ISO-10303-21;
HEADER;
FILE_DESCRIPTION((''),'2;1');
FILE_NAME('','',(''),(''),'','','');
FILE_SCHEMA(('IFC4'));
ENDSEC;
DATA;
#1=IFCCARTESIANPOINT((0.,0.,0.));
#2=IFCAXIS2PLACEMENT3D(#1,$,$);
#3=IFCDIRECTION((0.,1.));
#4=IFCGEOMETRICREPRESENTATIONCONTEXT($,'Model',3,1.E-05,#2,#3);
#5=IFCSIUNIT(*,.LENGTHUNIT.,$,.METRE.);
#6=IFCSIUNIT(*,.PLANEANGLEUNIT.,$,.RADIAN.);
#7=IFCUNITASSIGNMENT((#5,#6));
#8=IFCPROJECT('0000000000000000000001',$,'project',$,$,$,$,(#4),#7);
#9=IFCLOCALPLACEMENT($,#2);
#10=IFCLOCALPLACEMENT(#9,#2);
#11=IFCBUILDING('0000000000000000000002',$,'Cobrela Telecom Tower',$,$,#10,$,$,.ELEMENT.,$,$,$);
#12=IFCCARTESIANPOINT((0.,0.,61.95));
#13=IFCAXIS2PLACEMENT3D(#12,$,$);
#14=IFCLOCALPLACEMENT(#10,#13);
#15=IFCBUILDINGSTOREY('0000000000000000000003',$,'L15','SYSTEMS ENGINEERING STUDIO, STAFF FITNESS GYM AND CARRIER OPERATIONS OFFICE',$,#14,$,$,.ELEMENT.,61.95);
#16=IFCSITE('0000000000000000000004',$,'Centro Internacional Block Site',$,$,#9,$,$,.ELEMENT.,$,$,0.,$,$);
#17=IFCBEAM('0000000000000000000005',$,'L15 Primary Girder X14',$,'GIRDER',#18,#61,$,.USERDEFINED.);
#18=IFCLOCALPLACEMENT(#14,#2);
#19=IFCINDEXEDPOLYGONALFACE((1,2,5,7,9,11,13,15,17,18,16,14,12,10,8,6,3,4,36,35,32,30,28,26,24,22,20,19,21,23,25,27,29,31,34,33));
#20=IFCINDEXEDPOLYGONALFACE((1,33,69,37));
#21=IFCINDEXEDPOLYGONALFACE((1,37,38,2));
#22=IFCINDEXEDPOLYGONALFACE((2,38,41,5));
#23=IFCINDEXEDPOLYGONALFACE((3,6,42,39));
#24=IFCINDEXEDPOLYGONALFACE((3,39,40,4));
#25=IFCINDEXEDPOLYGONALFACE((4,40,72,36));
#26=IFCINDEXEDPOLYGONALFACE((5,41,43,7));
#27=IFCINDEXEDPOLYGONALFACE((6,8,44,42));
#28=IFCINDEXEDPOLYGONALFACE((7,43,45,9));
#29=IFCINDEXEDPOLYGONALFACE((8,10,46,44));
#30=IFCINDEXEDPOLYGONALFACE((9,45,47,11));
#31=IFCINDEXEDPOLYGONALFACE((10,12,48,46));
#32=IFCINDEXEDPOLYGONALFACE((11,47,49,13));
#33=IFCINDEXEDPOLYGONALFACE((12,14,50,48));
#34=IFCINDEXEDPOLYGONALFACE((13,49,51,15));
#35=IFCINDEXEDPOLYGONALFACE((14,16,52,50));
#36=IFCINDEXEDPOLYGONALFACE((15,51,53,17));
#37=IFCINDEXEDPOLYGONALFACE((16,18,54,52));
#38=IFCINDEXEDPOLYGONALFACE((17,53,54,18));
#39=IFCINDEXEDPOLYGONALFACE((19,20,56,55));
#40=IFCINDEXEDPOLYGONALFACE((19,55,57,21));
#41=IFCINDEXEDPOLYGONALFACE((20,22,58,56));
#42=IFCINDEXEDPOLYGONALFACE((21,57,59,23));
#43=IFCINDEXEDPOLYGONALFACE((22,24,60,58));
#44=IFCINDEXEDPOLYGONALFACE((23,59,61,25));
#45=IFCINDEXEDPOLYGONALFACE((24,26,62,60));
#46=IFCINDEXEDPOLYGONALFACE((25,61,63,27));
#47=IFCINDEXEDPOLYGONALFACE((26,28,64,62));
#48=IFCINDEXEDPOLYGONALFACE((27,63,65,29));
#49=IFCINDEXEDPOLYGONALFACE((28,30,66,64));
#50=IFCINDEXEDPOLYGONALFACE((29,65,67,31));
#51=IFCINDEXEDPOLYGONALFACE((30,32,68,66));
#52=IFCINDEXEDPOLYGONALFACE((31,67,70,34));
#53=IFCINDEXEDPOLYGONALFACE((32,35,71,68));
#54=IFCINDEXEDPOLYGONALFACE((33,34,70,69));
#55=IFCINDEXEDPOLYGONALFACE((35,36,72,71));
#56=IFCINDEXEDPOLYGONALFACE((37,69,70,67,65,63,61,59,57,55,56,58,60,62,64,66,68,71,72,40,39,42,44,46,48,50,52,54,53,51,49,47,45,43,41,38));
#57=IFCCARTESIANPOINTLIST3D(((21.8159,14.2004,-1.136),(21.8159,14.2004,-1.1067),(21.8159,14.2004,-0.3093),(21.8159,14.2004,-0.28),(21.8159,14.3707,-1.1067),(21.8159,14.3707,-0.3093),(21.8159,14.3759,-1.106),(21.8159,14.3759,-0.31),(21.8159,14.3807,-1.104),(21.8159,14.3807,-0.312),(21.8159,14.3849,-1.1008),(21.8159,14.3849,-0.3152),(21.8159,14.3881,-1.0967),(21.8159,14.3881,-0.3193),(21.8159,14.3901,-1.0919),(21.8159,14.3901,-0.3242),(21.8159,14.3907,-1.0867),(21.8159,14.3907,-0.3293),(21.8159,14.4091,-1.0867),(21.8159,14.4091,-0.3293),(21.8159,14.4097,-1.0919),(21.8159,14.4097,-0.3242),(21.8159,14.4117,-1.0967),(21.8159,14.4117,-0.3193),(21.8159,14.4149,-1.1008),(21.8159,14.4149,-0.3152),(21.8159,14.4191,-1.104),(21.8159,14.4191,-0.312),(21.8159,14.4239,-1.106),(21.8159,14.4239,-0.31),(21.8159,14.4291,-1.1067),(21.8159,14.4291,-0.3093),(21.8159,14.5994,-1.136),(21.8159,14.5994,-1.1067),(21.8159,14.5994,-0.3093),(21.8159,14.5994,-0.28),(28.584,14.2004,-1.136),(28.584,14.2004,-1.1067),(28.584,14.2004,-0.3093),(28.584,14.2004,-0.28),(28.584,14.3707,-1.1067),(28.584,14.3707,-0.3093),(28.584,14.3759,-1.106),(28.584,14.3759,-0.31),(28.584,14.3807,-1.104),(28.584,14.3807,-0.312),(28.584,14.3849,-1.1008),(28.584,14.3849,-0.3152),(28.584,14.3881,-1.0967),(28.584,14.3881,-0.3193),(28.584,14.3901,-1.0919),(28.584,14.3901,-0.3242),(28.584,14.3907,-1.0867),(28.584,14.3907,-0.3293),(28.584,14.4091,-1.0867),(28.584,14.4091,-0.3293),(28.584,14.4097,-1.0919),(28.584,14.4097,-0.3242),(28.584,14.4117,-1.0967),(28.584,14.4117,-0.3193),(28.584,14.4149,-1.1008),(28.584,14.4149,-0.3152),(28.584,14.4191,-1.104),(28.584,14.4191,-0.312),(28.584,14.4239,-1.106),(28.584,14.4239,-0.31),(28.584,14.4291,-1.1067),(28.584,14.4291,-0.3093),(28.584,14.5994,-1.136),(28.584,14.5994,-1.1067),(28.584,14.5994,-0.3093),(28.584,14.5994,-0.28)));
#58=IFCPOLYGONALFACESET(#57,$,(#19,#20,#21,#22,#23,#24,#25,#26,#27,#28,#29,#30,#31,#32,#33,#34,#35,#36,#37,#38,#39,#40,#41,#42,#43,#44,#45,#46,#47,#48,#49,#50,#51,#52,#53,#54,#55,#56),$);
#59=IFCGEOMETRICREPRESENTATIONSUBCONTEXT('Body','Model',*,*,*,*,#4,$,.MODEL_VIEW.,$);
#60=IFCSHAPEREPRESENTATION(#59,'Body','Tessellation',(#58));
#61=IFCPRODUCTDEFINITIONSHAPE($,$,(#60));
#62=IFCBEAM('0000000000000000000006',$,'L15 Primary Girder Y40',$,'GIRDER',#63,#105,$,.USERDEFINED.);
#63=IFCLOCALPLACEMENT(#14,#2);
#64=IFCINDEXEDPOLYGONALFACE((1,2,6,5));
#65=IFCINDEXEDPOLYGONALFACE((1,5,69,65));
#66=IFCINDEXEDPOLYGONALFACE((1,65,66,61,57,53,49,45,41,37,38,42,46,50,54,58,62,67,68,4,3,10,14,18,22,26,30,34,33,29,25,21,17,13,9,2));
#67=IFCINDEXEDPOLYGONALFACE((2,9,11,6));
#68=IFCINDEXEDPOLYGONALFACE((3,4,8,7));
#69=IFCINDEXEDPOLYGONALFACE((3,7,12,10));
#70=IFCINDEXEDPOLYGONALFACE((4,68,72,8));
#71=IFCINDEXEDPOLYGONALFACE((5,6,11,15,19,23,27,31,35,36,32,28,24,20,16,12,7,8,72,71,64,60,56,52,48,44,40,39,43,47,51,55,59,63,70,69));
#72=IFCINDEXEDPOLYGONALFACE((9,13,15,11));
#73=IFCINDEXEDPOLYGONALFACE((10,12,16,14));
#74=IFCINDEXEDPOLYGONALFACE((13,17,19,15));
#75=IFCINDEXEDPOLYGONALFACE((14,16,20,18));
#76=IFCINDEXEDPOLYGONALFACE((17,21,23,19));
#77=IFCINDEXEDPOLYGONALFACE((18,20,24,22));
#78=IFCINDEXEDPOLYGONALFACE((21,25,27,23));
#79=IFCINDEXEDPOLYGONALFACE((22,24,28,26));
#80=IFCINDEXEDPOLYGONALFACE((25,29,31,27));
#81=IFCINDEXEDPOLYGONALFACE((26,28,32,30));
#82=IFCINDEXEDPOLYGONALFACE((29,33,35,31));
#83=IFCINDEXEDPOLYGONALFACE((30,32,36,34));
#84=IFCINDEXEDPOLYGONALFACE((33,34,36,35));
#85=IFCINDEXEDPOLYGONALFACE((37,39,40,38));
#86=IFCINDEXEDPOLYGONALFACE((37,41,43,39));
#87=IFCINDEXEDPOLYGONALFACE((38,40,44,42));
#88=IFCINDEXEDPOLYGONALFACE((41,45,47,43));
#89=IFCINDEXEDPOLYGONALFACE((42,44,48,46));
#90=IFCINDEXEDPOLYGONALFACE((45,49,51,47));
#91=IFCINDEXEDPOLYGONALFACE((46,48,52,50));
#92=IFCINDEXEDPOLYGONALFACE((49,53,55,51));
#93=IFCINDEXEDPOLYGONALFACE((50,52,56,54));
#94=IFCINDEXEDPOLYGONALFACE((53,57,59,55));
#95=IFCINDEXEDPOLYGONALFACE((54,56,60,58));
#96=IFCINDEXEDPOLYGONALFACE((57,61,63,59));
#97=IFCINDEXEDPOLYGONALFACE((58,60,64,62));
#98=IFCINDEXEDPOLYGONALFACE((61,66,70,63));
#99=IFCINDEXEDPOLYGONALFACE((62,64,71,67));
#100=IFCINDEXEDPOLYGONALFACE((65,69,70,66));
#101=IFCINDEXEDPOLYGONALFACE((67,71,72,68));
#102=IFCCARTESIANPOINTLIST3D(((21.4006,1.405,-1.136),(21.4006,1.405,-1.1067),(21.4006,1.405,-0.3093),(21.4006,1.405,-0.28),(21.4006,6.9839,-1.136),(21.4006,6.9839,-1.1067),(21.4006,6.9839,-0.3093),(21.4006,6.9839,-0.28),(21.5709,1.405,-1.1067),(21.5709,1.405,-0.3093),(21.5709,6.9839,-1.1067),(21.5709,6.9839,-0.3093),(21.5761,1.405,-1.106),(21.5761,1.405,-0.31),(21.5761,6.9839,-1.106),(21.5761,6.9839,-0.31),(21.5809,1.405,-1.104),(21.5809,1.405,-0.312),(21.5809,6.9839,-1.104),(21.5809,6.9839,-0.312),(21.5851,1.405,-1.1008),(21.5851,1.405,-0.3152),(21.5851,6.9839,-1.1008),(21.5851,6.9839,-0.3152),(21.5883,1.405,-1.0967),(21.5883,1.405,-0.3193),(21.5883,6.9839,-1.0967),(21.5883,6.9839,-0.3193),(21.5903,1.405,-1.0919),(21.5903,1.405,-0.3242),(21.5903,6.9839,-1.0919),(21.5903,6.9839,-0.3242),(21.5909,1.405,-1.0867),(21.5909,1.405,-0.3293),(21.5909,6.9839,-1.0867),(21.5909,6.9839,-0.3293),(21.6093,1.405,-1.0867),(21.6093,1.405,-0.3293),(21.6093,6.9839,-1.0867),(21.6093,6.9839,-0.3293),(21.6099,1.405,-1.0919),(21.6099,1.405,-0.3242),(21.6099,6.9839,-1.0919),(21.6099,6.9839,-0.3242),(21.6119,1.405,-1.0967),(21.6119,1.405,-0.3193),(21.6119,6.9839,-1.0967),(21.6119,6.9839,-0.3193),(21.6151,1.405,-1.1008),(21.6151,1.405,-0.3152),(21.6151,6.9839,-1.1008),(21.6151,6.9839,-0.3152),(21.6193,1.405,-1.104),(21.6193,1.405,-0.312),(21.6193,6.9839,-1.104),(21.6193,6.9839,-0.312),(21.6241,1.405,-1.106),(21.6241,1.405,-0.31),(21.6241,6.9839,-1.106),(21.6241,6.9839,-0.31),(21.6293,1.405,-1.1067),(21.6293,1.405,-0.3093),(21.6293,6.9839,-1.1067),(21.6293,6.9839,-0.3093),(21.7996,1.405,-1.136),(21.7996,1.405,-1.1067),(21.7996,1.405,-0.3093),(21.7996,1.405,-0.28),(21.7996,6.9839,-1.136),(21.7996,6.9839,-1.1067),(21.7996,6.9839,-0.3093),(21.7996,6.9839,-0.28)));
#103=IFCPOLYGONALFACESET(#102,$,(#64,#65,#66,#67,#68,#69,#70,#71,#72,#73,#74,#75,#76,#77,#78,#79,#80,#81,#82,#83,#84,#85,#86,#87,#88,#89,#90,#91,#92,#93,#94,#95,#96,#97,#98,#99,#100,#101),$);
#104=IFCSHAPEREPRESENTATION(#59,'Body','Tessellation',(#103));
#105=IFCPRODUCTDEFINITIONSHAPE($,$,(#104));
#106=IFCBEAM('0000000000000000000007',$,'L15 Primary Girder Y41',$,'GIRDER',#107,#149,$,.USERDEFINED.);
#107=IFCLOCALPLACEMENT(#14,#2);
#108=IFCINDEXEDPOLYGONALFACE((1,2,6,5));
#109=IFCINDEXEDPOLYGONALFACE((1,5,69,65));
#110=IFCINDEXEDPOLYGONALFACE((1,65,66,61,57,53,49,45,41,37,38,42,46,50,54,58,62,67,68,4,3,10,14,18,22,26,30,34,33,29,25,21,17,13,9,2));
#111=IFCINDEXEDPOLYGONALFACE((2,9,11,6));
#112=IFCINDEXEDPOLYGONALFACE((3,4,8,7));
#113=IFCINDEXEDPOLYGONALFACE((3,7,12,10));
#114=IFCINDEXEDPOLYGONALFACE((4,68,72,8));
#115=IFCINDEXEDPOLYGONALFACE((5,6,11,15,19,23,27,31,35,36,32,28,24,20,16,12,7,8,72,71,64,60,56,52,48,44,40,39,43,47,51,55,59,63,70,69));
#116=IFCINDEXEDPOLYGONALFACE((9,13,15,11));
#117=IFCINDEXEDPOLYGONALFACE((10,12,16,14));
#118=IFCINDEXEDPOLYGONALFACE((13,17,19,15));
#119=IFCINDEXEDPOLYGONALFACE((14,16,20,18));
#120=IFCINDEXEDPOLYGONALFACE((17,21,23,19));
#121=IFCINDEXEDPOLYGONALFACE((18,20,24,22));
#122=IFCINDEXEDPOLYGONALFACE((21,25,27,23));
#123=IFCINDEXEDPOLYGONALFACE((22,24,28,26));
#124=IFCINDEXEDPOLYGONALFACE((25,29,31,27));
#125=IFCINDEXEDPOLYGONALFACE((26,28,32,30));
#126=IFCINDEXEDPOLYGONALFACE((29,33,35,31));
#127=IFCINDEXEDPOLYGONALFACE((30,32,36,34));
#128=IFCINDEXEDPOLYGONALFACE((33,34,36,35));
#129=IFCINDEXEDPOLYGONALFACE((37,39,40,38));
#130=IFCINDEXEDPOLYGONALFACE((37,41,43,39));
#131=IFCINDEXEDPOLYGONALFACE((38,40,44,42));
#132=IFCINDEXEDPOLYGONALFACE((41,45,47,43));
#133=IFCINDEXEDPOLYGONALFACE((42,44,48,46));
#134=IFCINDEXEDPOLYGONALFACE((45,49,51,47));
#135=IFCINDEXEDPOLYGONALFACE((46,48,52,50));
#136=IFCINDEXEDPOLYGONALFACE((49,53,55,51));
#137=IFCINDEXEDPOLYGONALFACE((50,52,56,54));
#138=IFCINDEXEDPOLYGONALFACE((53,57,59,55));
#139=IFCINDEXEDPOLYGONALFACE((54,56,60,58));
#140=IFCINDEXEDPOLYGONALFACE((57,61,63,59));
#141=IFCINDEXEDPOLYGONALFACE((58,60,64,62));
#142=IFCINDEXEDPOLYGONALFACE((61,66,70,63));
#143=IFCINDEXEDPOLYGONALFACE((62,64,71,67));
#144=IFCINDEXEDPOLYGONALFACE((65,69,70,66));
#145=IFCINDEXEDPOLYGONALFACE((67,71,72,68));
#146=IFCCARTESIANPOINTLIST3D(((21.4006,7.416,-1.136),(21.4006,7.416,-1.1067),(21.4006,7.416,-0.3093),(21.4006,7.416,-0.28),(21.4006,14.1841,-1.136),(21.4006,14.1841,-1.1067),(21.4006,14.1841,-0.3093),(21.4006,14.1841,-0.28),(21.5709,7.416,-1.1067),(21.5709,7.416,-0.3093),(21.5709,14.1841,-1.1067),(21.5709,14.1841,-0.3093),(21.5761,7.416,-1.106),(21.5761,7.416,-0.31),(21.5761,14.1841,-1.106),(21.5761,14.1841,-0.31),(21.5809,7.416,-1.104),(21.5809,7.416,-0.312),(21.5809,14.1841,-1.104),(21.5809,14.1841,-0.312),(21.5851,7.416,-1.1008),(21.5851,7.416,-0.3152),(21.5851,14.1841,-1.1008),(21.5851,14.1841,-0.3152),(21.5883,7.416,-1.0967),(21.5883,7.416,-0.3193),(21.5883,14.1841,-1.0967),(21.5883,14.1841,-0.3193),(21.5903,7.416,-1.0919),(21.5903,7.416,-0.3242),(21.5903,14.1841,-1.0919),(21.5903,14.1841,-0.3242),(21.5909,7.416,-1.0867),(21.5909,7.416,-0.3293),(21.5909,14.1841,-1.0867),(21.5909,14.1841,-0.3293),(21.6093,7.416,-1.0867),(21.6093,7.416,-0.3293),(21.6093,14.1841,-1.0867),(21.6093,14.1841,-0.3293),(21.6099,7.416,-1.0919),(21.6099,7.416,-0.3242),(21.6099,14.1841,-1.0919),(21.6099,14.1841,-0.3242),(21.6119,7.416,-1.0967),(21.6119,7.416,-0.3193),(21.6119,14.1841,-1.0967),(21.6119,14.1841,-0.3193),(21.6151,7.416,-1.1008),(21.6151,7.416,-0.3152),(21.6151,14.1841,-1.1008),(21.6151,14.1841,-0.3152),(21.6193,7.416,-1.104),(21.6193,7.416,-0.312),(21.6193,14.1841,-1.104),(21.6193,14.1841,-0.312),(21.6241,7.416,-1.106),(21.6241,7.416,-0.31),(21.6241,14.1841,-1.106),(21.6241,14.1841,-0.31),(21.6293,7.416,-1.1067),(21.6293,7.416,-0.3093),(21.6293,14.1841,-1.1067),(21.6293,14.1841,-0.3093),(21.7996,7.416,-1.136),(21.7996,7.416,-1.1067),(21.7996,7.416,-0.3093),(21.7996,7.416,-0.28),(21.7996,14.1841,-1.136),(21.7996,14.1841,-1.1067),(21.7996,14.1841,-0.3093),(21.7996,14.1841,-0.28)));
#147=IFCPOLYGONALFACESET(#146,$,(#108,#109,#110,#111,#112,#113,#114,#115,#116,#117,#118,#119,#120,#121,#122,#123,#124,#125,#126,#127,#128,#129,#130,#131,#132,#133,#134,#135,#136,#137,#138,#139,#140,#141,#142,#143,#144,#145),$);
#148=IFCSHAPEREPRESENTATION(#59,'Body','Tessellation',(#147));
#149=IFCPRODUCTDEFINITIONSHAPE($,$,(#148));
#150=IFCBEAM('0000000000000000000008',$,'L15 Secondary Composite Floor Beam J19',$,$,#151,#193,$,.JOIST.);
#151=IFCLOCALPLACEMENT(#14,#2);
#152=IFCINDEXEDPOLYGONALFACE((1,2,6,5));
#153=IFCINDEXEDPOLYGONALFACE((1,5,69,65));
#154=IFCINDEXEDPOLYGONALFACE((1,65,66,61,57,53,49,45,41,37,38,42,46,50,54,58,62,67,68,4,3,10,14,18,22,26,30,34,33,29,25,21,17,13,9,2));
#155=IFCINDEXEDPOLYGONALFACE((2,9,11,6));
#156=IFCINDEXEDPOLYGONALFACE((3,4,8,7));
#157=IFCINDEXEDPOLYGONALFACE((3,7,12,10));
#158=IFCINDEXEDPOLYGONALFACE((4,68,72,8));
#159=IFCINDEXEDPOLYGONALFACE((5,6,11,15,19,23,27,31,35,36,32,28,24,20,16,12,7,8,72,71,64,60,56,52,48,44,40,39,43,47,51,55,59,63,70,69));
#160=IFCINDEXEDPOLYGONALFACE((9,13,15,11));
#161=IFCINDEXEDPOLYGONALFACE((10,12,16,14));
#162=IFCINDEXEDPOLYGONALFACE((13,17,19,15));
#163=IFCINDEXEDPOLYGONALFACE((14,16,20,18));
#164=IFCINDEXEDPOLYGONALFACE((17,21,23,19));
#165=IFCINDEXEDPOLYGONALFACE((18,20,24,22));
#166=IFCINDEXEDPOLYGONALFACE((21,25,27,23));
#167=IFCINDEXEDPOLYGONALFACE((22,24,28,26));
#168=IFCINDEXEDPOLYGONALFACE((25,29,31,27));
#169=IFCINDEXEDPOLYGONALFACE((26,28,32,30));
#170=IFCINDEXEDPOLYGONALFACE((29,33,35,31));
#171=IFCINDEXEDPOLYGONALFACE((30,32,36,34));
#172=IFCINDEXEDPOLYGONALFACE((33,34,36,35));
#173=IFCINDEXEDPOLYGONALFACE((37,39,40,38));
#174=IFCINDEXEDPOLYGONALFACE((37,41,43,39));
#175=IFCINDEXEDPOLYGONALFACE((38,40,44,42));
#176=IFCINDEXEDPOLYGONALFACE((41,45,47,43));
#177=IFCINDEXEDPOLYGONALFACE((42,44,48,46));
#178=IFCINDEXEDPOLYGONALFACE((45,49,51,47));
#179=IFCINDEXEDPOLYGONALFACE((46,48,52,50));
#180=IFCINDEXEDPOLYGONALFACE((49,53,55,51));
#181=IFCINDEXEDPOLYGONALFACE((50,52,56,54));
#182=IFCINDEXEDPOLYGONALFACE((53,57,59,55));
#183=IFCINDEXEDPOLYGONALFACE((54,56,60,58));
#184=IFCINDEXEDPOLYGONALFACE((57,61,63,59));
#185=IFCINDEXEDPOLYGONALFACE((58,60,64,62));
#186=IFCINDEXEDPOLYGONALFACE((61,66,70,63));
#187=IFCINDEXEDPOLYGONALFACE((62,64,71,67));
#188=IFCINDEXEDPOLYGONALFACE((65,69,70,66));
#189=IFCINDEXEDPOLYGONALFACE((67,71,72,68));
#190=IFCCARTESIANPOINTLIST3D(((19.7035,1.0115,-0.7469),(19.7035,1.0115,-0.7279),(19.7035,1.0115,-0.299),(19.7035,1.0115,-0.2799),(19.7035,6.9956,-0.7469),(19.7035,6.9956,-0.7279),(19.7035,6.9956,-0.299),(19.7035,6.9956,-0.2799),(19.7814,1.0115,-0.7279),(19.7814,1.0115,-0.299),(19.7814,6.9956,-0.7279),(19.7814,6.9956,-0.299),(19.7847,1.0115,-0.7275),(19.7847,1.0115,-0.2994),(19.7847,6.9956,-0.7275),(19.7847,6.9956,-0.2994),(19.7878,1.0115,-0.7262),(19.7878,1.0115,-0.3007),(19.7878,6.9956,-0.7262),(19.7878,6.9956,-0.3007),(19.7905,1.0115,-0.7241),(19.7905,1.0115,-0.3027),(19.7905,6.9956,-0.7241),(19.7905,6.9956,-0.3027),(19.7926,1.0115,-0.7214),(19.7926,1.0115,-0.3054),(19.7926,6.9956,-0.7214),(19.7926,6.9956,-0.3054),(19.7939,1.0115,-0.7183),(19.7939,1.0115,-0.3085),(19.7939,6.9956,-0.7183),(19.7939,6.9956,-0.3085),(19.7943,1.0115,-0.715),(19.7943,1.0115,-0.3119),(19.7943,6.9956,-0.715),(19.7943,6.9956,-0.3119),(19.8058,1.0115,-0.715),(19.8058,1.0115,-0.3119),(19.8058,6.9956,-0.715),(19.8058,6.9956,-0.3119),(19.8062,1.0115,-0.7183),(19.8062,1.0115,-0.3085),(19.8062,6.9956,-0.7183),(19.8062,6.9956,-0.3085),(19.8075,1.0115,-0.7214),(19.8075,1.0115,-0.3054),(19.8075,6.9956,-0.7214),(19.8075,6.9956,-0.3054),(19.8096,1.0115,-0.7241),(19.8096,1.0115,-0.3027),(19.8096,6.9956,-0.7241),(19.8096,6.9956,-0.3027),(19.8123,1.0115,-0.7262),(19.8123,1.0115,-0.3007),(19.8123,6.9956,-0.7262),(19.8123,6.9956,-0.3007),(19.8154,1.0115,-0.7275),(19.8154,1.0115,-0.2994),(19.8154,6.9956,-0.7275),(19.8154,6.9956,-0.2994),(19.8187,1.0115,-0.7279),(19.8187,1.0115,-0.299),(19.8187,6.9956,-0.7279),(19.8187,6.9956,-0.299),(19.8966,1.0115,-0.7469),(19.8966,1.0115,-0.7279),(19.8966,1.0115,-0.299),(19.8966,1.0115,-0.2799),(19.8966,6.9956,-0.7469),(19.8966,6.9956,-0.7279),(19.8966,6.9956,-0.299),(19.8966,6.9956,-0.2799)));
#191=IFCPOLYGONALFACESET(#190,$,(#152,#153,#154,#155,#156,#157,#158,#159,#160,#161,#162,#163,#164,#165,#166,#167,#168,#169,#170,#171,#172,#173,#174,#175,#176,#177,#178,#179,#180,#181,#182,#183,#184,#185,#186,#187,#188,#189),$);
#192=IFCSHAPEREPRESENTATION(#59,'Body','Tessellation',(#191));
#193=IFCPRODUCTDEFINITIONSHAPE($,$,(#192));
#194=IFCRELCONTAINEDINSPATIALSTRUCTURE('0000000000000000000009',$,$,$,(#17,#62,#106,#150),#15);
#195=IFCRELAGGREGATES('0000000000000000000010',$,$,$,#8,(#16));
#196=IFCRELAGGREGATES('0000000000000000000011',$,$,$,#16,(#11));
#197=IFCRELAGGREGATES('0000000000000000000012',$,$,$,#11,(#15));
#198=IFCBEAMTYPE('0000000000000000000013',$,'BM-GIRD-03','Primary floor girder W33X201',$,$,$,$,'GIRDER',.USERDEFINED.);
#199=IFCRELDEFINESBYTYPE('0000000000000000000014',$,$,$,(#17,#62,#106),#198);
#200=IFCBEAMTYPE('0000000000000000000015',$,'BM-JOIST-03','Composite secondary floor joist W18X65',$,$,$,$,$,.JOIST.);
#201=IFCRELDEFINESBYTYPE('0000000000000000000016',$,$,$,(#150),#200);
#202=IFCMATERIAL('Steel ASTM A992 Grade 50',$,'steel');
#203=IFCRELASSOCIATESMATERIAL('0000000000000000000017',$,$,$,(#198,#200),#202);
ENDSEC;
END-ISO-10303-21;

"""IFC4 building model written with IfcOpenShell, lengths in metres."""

from ifc_helpers import new_model, si_unit, direction, frame, origin, origin_2d, place, context, subcontext, project, spatial, i_section, extrude, material, material_profile, profile_set, type_object, element, save


model = new_model("IFC4")

# Units and contexts
model_context = context("Model", 3, precision=1e-05, world=origin(), true_north=direction((0.0, 1.0)))
body_context = subcontext(model_context, "Body", "Model", "MODEL_VIEW")
ifc_project = project(units=[si_unit("LENGTHUNIT", "METRE"), si_unit("PLANEANGLEUNIT", "RADIAN")], contexts=[model_context])

# Site, building, storey
site_placement = place(None, origin())
site = spatial("IfcSite", under=ifc_project, at=site_placement, Name="Centro Internacional Block Site", CompositionType="ELEMENT", RefElevation=0.0)
building_placement = place(site_placement, origin())
building = spatial("IfcBuilding", under=site, at=building_placement, Name="Cobrela Telecom Tower", CompositionType="ELEMENT")
storey_placement = place(building_placement, frame((0.0, 0.0, 61.95)))
storey = spatial("IfcBuildingStorey", under=building, at=storey_placement, Name="L15", Description="SYSTEMS ENGINEERING STUDIO, STAFF FITNESS GYM AND CARRIER OPERATIONS OFFICE", CompositionType="ELEMENT", Elevation=61.95)

# Shared definitions
ifc_material_1 = material(Name="Steel ASTM A992 Grade 50", Category="steel")

# Beams
ifc_material_profile_1 = material_profile(ifc_material_1, i_section(OverallWidth=0.3989, OverallDepth=0.856, WebThickness=0.0183, FlangeThickness=0.0293, FilletRadius=0.02, at=origin_2d()), Name="W33X201")
ifc_profile_set_1 = profile_set([ifc_material_profile_1], Name="Steel ASTM A992 Grade 50")
beam_type_1 = type_object("IfcBeamType", Name="BM-GIRD-03", Description="Primary floor girder W33X201", ElementType="GIRDER", PredefinedType="USERDEFINED", material=ifc_profile_set_1)
for number, where, z_axis, x_axis, name in (
    (1, (21.8159, 14.3999, -0.708), (1.0, 0.0, 0.0), (0.0, 1.0, 0.0), "L15 Primary Girder X14"),
):
    element("IfcBeam", number, at=place(storey_placement, frame(where, z_axis=z_axis, x_axis=x_axis)), inside=storey, type_object=beam_type_1, Name=name, ObjectType="GIRDER", PredefinedType="USERDEFINED", context=body_context, shape_type="SweptSolid", body=[
        extrude(i_section(OverallWidth=0.3989, OverallDepth=0.856, WebThickness=0.0183, FlangeThickness=0.0293, FilletRadius=0.02, at=origin_2d()), origin(), (0.0, 0.0, 1.0), 6.7681),
    ])
beam_1_placement = place(storey_placement, frame((21.6001, 1.405, -0.708), z_axis=(0.0, 1.0, 0.0), x_axis=(-1.0, 0.0, 0.0)))
element("IfcBeam", 2, at=beam_1_placement, inside=storey, type_object=beam_type_1, Name="L15 Primary Girder Y40", ObjectType="GIRDER", PredefinedType="USERDEFINED", context=body_context, shape_type="SweptSolid", body=[
    extrude(i_section(OverallWidth=0.3989, OverallDepth=0.856, WebThickness=0.0183, FlangeThickness=0.0293, FilletRadius=0.02, at=origin_2d()), origin(), (0.0, 0.0, 1.0), 5.5789),
])
beam_2_placement = place(storey_placement, frame((21.6001, 7.416, -0.708), z_axis=(0.0, 1.0, 0.0), x_axis=(-1.0, 0.0, 0.0)))
element("IfcBeam", 3, at=beam_2_placement, inside=storey, type_object=beam_type_1, Name="L15 Primary Girder Y41", ObjectType="GIRDER", PredefinedType="USERDEFINED", context=body_context, shape_type="SweptSolid", body=[
    extrude(i_section(OverallWidth=0.3989, OverallDepth=0.856, WebThickness=0.0183, FlangeThickness=0.0293, FilletRadius=0.02, at=origin_2d()), origin(), (0.0, 0.0, 1.0), 6.7681),
])
ifc_material_profile_2 = material_profile(ifc_material_1, i_section(OverallWidth=0.1931, OverallDepth=0.467, WebThickness=0.0115, FlangeThickness=0.019, FilletRadius=0.0129, at=origin_2d()), Name="W18X65")
ifc_profile_set_2 = profile_set([ifc_material_profile_2], Name="Steel ASTM A992 Grade 50")
beam_type_2 = type_object("IfcBeamType", Name="BM-JOIST-03", Description="Composite secondary floor joist W18X65", PredefinedType="JOIST", material=ifc_profile_set_2)
beam_3_placement = place(storey_placement, frame((19.8, 1.0115, -0.5134), z_axis=(0.0, 1.0, 0.0), x_axis=(-1.0, 0.0, 0.0)))
element("IfcBeam", 4, at=beam_3_placement, inside=storey, type_object=beam_type_2, Name="L15 Secondary Composite Floor Beam J19", PredefinedType="JOIST", context=body_context, shape_type="SweptSolid", body=[
    extrude(i_section(OverallWidth=0.1931, OverallDepth=0.467, WebThickness=0.0115, FlangeThickness=0.019, FilletRadius=0.0129, at=origin_2d()), origin(), (0.0, 0.0, 1.0), 5.9841),
])

save(model, "model.ifc")
